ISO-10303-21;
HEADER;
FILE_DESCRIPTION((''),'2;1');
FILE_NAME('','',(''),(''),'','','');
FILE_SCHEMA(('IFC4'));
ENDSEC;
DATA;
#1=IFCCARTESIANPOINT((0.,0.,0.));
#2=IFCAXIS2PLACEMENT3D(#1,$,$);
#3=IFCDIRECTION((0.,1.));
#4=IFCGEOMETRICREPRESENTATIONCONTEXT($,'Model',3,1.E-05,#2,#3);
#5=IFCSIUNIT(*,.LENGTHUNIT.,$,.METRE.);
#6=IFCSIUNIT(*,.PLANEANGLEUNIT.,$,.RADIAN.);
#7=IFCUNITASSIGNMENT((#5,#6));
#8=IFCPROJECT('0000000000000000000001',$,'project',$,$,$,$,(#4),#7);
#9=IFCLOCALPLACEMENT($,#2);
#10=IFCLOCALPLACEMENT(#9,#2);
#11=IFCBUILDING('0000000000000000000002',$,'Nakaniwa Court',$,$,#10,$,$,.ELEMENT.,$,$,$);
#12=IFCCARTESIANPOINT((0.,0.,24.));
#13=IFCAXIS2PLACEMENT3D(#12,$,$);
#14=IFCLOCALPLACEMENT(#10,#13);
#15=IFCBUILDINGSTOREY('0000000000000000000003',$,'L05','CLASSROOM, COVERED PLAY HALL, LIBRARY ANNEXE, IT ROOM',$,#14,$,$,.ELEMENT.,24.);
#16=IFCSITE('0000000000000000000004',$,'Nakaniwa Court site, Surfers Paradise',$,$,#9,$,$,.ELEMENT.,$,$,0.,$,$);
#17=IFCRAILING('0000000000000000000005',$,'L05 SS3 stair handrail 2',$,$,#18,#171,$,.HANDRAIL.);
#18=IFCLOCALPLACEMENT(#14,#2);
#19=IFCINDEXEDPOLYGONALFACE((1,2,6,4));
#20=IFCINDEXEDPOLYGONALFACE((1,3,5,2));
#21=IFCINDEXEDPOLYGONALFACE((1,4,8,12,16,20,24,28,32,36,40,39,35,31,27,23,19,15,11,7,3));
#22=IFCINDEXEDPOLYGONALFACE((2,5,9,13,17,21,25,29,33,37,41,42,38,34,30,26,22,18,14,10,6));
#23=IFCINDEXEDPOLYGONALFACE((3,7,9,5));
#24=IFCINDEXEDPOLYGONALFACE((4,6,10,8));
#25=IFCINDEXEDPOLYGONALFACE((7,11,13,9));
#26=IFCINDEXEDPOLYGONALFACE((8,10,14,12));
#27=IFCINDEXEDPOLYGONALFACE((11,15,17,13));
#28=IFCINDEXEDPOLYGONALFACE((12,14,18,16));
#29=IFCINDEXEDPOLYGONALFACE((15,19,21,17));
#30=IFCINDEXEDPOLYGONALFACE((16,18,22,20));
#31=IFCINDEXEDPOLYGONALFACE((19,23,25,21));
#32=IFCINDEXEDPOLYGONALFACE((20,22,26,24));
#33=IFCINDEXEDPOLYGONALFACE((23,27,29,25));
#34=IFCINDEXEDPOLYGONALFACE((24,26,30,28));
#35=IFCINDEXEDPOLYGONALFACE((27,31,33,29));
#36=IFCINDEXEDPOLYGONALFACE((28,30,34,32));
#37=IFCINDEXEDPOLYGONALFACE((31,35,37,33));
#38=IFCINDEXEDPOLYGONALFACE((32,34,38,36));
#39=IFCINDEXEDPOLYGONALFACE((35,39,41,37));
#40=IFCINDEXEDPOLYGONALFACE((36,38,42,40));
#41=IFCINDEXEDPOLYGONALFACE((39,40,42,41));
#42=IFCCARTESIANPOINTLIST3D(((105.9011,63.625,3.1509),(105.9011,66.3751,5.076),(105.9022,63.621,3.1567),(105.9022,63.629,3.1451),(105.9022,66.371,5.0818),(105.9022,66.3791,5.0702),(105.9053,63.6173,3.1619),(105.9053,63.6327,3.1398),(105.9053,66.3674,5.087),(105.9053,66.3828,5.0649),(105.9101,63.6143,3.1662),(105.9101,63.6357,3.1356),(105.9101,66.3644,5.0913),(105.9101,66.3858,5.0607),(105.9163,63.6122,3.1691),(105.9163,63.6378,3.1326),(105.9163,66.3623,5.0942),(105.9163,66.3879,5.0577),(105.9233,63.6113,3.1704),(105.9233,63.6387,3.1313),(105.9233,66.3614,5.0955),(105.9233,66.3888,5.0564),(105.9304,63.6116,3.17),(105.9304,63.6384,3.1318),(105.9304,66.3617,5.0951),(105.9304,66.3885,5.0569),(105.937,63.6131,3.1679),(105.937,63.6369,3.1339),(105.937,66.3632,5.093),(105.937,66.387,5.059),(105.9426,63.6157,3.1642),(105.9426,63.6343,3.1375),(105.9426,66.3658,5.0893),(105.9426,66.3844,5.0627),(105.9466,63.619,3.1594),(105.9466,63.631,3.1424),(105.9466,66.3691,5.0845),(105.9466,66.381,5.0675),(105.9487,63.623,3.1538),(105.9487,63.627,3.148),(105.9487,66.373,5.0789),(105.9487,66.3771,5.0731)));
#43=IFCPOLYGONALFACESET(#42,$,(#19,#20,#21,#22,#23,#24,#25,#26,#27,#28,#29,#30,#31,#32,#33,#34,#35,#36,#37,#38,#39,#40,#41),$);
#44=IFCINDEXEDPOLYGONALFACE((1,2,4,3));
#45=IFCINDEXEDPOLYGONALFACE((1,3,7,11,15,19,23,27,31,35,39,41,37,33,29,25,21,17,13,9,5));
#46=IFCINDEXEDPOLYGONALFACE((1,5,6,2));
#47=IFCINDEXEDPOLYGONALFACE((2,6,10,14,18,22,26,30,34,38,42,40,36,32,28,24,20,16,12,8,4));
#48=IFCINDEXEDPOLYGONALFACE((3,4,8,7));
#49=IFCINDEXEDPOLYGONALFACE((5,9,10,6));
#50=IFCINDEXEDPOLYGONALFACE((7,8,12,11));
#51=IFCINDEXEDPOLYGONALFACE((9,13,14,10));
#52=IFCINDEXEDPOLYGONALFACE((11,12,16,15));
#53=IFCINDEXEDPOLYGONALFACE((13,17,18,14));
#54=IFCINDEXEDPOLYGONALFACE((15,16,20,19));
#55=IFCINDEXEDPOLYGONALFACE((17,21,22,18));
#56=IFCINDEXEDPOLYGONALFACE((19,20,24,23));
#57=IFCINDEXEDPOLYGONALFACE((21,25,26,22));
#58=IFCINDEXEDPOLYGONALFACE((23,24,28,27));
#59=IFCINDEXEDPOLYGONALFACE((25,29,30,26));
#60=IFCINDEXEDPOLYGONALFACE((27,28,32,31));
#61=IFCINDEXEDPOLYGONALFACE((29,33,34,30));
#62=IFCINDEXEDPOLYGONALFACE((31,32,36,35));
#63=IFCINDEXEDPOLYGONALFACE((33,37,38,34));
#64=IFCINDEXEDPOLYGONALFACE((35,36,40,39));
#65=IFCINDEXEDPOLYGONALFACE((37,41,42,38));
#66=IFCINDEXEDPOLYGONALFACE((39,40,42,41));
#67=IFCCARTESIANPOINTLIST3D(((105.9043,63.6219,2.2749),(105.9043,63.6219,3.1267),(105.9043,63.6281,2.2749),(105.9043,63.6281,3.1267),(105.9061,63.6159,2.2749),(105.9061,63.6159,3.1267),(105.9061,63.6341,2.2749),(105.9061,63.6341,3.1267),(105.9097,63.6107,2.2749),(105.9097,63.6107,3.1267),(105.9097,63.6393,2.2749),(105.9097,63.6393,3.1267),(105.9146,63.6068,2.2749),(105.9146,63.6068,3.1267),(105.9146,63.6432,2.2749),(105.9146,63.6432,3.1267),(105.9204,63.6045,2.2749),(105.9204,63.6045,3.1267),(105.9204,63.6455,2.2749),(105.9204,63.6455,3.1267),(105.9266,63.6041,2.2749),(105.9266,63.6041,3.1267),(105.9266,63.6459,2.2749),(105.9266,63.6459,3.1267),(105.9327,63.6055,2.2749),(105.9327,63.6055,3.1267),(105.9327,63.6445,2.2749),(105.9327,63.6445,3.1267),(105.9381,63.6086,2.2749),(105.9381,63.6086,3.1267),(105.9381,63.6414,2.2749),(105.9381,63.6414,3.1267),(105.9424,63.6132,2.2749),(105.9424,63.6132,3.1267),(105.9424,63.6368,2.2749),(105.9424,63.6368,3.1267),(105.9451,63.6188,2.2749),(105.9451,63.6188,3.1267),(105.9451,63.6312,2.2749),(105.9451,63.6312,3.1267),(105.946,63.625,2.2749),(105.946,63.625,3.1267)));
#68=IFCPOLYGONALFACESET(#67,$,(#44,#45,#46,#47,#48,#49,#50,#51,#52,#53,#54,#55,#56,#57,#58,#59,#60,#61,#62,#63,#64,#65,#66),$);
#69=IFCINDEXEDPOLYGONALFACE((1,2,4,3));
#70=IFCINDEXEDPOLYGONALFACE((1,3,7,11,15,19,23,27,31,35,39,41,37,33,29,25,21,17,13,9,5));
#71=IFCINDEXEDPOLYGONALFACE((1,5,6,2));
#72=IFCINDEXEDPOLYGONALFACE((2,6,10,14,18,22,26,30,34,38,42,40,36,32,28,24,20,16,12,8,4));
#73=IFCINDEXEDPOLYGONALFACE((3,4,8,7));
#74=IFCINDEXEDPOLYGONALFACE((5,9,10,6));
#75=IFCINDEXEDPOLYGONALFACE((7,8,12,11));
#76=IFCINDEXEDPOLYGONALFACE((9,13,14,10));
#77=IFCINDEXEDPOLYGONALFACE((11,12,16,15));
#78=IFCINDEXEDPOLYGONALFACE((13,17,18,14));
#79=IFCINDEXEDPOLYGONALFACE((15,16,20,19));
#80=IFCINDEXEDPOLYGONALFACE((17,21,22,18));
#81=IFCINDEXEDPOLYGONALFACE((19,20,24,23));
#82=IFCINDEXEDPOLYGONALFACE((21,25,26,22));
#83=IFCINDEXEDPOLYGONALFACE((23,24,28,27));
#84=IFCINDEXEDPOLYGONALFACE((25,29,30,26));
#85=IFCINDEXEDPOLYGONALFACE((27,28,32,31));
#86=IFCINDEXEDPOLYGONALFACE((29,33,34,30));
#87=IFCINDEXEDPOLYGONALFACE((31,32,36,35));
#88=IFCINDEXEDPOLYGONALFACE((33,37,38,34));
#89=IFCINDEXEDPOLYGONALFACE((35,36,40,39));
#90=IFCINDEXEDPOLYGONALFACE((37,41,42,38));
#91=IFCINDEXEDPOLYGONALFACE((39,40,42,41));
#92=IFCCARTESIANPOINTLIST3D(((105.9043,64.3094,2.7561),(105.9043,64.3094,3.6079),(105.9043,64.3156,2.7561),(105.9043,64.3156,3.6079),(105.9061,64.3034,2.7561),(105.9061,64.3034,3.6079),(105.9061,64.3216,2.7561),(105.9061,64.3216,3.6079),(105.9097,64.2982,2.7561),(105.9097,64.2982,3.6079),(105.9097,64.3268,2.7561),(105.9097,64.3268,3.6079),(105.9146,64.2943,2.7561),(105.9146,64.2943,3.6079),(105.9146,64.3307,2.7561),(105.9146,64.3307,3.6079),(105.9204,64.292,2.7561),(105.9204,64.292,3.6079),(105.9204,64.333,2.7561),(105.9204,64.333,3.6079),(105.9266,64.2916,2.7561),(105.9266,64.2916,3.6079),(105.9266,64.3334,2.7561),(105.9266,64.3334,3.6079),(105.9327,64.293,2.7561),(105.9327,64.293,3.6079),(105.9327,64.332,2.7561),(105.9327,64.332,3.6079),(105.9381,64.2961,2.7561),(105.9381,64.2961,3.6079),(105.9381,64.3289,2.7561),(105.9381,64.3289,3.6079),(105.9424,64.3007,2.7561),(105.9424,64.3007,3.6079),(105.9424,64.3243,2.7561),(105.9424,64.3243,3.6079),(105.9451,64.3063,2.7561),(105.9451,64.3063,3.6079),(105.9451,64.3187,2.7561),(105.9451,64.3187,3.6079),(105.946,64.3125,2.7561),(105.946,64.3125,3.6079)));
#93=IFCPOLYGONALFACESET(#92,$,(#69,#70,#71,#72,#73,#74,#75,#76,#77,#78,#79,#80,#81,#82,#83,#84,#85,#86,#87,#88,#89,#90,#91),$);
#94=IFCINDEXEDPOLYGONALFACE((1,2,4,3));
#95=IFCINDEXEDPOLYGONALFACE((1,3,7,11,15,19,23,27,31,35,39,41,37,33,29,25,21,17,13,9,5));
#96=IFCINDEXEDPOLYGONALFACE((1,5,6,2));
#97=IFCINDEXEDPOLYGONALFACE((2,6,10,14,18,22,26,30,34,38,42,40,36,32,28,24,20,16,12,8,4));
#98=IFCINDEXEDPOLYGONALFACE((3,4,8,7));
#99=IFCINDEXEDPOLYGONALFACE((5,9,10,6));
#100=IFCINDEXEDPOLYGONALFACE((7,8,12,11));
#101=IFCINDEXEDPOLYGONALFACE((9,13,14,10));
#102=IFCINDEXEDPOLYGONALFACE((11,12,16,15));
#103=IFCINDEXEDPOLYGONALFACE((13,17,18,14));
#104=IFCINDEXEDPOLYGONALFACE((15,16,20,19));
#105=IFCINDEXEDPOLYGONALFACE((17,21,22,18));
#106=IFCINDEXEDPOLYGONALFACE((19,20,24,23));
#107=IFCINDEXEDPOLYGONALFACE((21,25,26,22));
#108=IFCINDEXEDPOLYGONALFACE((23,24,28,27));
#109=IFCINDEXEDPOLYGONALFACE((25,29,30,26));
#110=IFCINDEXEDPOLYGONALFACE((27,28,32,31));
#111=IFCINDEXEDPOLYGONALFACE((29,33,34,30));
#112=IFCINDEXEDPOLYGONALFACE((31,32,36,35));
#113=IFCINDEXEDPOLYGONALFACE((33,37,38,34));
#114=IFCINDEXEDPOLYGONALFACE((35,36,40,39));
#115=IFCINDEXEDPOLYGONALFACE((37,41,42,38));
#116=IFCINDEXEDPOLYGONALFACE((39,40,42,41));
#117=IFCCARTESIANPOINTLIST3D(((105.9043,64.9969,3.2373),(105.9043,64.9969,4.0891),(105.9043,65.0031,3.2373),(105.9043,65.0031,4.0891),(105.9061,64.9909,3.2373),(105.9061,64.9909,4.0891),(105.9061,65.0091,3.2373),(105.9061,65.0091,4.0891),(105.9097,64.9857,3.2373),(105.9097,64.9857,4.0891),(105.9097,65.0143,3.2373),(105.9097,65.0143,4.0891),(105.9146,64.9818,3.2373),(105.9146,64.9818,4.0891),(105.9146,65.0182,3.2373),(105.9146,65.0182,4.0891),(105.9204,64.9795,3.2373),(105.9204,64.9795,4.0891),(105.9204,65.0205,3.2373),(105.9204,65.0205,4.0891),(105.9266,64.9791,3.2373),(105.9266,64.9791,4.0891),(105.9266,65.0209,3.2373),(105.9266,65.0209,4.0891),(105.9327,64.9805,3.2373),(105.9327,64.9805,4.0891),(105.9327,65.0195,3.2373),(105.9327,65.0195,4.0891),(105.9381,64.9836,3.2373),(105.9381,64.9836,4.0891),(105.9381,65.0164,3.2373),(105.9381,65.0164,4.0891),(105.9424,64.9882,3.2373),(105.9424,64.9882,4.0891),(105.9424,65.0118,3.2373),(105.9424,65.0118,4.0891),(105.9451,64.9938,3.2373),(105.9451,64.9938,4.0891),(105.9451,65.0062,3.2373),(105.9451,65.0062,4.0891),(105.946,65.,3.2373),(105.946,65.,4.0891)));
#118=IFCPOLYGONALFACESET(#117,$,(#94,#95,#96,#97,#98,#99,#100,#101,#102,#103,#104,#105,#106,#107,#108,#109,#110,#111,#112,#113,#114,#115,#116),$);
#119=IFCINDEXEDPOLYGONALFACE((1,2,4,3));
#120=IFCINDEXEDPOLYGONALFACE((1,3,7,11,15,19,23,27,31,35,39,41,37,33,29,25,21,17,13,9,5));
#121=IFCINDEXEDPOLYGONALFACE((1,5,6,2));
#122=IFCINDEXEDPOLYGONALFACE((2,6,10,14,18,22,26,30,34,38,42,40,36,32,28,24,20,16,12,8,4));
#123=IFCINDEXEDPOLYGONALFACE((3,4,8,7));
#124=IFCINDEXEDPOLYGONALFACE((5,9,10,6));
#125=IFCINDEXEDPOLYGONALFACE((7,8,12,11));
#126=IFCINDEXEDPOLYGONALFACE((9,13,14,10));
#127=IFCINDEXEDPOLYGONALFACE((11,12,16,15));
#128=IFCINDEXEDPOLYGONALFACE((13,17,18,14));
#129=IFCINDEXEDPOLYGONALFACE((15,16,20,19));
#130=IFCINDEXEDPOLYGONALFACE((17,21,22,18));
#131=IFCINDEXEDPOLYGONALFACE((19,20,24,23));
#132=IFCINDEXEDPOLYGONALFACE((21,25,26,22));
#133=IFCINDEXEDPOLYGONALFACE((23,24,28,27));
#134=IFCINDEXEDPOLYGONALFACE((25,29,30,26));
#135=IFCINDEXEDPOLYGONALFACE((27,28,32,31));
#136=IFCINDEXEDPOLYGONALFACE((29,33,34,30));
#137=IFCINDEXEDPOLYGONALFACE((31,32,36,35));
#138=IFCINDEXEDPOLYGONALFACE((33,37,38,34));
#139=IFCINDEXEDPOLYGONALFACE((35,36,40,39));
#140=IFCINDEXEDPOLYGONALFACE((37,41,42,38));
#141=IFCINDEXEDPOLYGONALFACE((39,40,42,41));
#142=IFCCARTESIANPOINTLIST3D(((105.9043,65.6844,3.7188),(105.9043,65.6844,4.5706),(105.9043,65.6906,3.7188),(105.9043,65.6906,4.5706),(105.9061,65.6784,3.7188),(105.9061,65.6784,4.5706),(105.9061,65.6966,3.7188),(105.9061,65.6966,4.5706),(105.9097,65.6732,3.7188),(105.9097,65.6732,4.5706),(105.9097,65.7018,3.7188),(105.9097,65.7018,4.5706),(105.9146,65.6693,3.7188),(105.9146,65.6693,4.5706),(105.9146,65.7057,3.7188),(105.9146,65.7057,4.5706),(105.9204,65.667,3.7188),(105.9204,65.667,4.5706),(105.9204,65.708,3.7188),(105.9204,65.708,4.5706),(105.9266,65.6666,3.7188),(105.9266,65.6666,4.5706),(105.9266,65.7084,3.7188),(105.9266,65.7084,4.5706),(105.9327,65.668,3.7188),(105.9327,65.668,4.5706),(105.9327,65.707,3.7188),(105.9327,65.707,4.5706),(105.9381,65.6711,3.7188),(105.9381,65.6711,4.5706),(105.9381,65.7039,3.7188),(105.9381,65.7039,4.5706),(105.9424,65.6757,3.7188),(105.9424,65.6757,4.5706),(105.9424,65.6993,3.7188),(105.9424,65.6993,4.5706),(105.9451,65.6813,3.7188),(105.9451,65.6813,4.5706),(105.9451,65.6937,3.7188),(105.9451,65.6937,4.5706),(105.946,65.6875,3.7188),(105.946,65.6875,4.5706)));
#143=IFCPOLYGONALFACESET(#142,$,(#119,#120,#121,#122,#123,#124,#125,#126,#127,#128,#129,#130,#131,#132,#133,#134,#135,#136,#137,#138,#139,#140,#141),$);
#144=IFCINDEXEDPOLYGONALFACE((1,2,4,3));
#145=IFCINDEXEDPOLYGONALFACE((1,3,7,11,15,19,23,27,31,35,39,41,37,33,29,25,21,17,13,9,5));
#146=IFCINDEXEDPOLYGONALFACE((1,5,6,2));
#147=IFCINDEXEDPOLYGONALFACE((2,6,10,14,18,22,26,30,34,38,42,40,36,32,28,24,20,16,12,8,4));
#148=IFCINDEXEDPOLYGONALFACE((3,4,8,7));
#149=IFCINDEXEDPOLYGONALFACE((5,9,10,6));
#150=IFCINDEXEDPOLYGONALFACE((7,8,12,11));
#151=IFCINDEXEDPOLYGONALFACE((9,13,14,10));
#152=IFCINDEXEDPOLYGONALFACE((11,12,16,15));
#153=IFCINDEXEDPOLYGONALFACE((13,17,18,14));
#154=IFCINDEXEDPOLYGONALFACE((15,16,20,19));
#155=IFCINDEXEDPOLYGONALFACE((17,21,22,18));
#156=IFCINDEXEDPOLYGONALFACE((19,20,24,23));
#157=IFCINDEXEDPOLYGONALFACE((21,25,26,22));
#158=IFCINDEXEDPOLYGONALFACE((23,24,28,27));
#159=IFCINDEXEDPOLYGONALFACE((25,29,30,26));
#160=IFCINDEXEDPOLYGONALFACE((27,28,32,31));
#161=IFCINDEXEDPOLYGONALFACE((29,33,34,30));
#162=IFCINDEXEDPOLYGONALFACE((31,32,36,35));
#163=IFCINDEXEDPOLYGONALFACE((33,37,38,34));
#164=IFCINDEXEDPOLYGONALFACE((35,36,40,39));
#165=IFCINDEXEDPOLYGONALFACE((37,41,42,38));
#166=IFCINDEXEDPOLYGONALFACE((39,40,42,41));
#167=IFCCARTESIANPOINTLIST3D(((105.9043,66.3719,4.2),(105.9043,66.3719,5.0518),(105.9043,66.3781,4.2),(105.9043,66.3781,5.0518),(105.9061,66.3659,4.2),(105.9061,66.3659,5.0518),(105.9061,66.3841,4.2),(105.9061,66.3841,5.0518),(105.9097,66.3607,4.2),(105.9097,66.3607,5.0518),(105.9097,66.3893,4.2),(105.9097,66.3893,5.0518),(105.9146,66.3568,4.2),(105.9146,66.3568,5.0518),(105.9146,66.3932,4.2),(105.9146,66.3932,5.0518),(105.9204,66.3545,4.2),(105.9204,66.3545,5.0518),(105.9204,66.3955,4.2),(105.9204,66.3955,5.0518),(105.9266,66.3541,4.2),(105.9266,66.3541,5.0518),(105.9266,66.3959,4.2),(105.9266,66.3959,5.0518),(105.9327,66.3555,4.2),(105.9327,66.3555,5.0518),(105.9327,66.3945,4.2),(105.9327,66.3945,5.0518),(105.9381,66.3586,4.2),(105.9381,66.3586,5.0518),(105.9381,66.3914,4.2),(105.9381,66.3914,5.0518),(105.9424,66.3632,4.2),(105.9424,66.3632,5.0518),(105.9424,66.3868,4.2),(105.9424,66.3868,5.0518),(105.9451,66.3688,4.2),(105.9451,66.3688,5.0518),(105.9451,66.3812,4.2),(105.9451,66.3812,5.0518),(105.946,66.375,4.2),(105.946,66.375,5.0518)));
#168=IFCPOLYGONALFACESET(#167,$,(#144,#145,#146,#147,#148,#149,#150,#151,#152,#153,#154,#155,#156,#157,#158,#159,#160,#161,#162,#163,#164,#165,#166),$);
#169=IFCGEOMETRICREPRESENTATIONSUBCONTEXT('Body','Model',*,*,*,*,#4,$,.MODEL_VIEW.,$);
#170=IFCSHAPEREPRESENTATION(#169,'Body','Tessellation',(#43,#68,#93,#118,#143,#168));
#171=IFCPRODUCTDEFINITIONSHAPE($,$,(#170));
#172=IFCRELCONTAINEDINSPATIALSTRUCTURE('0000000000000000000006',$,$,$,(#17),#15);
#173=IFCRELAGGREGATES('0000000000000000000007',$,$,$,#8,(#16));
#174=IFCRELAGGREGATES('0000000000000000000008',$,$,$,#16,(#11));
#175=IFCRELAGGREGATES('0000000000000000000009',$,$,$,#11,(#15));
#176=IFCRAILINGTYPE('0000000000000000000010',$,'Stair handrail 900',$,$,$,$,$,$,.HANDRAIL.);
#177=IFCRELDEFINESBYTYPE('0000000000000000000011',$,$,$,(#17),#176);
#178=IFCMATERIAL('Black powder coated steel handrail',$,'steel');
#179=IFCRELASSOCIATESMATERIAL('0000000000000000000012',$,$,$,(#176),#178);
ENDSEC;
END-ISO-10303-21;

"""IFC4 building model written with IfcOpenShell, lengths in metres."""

from ifc_helpers import new_model, si_unit, direction, frame, origin, origin_2d, place, context, subcontext, project, spatial, circle, extrude, material, type_object, element, save


model = new_model("IFC4")

# Units and contexts
model_context = context("Model", 3, precision=1e-05, world=origin(), true_north=direction((0.0, 1.0)))
body_context = subcontext(model_context, "Body", "Model", "MODEL_VIEW")
ifc_project = project(units=[si_unit("LENGTHUNIT", "METRE"), si_unit("PLANEANGLEUNIT", "RADIAN")], contexts=[model_context])

# Site, building, storey
site_placement = place(None, origin())
site = spatial("IfcSite", under=ifc_project, at=site_placement, Name="Nakaniwa Court site, Surfers Paradise", CompositionType="ELEMENT", RefElevation=0.0)
building_placement = place(site_placement, origin())
building = spatial("IfcBuilding", under=site, at=building_placement, Name="Nakaniwa Court", CompositionType="ELEMENT")
storey_placement = place(building_placement, frame((0.0, 0.0, 24.0)))
storey = spatial("IfcBuildingStorey", under=building, at=storey_placement, Name="L05", Description="CLASSROOM, COVERED PLAY HALL, LIBRARY ANNEXE, IT ROOM", CompositionType="ELEMENT", Elevation=24.0)

# Railing
ifc_material_1 = material(Name="Black powder coated steel handrail", Category="steel")
railing_type_1 = type_object("IfcRailingType", Name="Stair handrail 900", PredefinedType="HANDRAIL", material=ifc_material_1)
railing_1_placement = place(storey_placement, frame((105.925, 63.625, 2.2749)))
element("IfcRailing", 1, at=railing_1_placement, inside=storey, type_object=railing_type_1, Name="L05 SS3 stair handrail 2", PredefinedType="HANDRAIL", context=body_context, shape_type="SweptSolid", body=[
    extrude(circle(Radius=0.0239, at=origin_2d()), frame((0.0, 0.0, 0.876), z_axis=(0.0, 0.819225, 0.573472), x_axis=(-1.0, 0.0, 0.0)), (0.0, 0.0, 1.0), 3.3569),
    extrude(circle(Radius=0.021, at=origin_2d()), origin(), (0.0, 0.0, 1.0), 0.8518),
    extrude(circle(Radius=0.021, at=origin_2d()), frame((0.0, 0.6875, 0.4812)), (0.0, 0.0, 1.0), 0.8518),
    extrude(circle(Radius=0.021, at=origin_2d()), frame((0.0, 1.375, 0.9624)), (0.0, 0.0, 1.0), 0.8518),
    extrude(circle(Radius=0.021, at=origin_2d()), frame((0.0, 2.0625, 1.4438)), (0.0, 0.0, 1.0), 0.8518),
    extrude(circle(Radius=0.021, at=origin_2d()), frame((0.0, 2.75, 1.925)), (0.0, 0.0, 1.0), 0.8518),
])

save(model, "model.ifc")
